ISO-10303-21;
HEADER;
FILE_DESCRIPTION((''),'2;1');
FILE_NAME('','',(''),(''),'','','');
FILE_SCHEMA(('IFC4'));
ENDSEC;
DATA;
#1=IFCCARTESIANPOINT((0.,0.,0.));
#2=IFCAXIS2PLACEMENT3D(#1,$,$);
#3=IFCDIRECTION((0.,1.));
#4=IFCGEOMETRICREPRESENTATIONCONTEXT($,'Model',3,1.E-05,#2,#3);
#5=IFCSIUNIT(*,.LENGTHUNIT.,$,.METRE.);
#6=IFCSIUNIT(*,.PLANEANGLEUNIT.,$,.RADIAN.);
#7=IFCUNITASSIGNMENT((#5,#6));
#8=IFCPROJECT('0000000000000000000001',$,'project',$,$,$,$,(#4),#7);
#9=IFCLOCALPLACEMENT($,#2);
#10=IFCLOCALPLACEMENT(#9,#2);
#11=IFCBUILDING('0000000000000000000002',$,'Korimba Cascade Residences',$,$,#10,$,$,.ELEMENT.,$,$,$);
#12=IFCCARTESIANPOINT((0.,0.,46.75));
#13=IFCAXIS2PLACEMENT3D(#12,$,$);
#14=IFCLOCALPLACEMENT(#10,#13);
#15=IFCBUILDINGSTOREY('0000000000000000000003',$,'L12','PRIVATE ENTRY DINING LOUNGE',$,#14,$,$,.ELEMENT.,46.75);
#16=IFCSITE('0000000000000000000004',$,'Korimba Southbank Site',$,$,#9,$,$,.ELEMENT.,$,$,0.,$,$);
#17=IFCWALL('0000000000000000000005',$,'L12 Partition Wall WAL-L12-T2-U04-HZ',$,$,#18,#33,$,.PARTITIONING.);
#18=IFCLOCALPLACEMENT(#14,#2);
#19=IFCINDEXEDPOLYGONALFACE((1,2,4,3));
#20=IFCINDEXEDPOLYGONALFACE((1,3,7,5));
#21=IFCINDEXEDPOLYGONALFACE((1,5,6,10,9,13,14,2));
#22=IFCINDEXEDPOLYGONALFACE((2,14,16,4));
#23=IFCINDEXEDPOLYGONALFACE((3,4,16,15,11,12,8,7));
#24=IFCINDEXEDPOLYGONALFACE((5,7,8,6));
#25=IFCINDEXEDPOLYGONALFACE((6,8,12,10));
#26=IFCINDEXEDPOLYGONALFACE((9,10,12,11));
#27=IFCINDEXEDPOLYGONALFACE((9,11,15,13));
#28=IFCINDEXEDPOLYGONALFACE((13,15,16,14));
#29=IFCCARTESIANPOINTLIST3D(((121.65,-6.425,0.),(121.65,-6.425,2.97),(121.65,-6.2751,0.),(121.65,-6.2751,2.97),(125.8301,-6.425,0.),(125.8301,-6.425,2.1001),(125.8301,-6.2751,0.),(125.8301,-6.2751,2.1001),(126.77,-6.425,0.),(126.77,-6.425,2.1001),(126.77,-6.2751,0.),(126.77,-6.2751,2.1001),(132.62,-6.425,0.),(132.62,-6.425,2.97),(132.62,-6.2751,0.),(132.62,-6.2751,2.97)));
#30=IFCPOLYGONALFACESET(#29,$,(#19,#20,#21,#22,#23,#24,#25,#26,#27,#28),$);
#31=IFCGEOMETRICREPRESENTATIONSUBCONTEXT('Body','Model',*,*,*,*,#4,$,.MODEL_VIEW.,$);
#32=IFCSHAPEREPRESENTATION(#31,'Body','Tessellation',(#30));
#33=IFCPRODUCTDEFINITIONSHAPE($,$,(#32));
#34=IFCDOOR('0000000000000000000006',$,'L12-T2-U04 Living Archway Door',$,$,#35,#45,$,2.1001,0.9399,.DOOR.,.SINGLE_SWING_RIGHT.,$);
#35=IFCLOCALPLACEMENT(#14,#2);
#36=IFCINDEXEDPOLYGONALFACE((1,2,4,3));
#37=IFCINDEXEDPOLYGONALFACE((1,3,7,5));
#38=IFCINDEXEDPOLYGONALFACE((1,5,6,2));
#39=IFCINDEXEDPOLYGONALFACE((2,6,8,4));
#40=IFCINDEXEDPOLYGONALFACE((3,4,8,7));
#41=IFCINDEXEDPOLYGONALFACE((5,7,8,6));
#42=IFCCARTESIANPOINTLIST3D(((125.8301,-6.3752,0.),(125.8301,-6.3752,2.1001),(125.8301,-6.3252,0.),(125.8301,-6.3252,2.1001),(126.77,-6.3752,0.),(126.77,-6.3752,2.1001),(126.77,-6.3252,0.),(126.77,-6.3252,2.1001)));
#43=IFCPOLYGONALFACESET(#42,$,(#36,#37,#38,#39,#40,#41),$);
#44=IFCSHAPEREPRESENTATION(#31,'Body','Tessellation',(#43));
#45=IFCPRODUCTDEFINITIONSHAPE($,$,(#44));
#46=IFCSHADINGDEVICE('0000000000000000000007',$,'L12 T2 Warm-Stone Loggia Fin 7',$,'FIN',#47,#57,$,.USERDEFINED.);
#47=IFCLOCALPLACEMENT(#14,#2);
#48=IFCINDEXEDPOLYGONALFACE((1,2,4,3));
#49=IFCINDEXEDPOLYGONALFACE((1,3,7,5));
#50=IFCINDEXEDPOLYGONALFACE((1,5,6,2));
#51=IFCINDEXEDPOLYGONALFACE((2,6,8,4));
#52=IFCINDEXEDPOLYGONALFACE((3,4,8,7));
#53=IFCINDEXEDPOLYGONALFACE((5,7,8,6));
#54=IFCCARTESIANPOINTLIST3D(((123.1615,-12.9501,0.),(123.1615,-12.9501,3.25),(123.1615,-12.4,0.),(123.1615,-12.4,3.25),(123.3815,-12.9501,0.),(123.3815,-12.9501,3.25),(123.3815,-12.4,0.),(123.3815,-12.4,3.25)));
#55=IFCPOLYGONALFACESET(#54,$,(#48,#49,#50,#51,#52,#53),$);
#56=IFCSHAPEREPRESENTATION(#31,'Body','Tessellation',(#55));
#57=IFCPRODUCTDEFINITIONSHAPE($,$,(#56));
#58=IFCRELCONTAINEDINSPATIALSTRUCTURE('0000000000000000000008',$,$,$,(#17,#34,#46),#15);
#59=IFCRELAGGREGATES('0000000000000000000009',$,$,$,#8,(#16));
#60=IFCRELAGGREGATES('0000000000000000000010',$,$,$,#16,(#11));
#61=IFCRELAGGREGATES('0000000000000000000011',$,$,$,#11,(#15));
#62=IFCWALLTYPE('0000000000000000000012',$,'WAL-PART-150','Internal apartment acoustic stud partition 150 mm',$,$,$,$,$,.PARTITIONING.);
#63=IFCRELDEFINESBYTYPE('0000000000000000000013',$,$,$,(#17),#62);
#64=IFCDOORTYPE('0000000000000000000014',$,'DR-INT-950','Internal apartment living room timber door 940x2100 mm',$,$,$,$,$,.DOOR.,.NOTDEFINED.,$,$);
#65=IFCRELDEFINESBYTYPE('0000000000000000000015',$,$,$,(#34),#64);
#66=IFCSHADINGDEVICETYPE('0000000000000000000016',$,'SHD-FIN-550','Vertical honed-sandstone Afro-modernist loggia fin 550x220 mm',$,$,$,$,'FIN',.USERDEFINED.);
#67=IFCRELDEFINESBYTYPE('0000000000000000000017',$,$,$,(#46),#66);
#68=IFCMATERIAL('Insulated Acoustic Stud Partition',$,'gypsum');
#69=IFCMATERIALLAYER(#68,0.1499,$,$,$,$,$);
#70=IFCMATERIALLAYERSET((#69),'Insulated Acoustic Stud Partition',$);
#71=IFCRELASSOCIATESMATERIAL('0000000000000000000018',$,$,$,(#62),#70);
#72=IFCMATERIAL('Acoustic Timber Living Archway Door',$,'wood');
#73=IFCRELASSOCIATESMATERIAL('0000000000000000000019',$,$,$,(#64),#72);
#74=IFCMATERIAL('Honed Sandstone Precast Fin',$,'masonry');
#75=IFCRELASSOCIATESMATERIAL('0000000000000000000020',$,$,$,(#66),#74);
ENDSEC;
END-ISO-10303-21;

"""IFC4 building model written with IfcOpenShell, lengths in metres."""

from ifc_helpers import new_model, si_unit, direction, frame, frame_2d, origin, origin_2d, place, context, subcontext, project, spatial, rectangle, extrude, material, layer, layer_set, type_object, element, fill, save


model = new_model("IFC4")

# Units and contexts
model_context = context("Model", 3, precision=1e-05, world=origin(), true_north=direction((0.0, 1.0)))
body_context = subcontext(model_context, "Body", "Model", "MODEL_VIEW")
ifc_project = project(units=[si_unit("LENGTHUNIT", "METRE"), si_unit("PLANEANGLEUNIT", "RADIAN")], contexts=[model_context])

# Site, building, storey
site_placement = place(None, origin())
site = spatial("IfcSite", under=ifc_project, at=site_placement, Name="Korimba Southbank Site", CompositionType="ELEMENT", RefElevation=0.0)
building_placement = place(site_placement, origin())
building = spatial("IfcBuilding", under=site, at=building_placement, Name="Korimba Cascade Residences", CompositionType="ELEMENT")
storey_placement = place(building_placement, frame((0.0, 0.0, 46.75)))
storey = spatial("IfcBuildingStorey", under=building, at=storey_placement, Name="L12", Description="PRIVATE ENTRY DINING LOUNGE", CompositionType="ELEMENT", Elevation=46.75)

# Shared definitions
ifc_material_1 = material(Name="Insulated Acoustic Stud Partition", Category="gypsum")
ifc_layer_1 = layer(ifc_material_1, 0.1499)
ifc_layer_set_1 = layer_set([ifc_layer_1], Name="Insulated Acoustic Stud Partition")
wall_type_1 = type_object("IfcWallType", Name="WAL-PART-150", Description="Internal apartment acoustic stud partition 150 mm", PredefinedType="PARTITIONING", material=ifc_layer_set_1)

# Wall, opening, door
wall_1_placement = place(storey_placement, frame((121.6501, -6.3501, 0.0), z_axis=(0.0, 0.0, 1.0), x_axis=(1.0, 0.0, 0.0)))
wall_1 = element("IfcWall", 1, at=wall_1_placement, inside=storey, type_object=wall_type_1, Name="L12 Partition Wall WAL-L12-T2-U04-HZ", PredefinedType="PARTITIONING", context=body_context, shape_type="SweptSolid", body=[
    extrude(rectangle(XDim=10.97, YDim=0.1499, at=frame_2d((5.4849, 0.0))), origin(), (0.0, 0.0, 1.0), 2.97),
])
opening_1_placement = place(wall_1_placement, frame((4.1799, 0.0, 0.0)))
opening_1 = element("IfcOpeningElement", 2, at=opening_1_placement, cuts=wall_1, PredefinedType="OPENING", context=body_context, shape_type="SweptSolid", body=[
    extrude(rectangle(XDim=0.9399, YDim=2.1001, at=frame_2d((0.47, 1.05))), frame((0.0, 0.085, 0.0), z_axis=(0.0, -1.0, 0.0), x_axis=(1.0, 0.0, 0.0)), (0.0, 0.0, 1.0), 0.1699),
])
ifc_material_2 = material(Name="Acoustic Timber Living Archway Door", Category="wood")
door_type_1 = type_object("IfcDoorType", Name="DR-INT-950", Description="Internal apartment living room timber door 940x2100 mm", OperationType="NOTDEFINED", PredefinedType="DOOR", material=ifc_material_2)
door_1_placement = place(opening_1_placement, origin())
door_1 = element("IfcDoor", 3, at=door_1_placement, inside=storey, type_object=door_type_1, Name="L12-T2-U04 Living Archway Door", OperationType="SINGLE_SWING_RIGHT", OverallHeight=2.1001, OverallWidth=0.9399, PredefinedType="DOOR", context=body_context, shape_type="SweptSolid", body=[
    extrude(rectangle(XDim=0.9399, YDim=2.1001, at=frame_2d((0.47, 1.05))), frame((0.0, 0.0249, 0.0), z_axis=(0.0, -1.0, 0.0), x_axis=(1.0, 0.0, 0.0)), (0.0, 0.0, 1.0), 0.05),
])
fill(opening_1, door_1)

# Shading device
ifc_material_3 = material(Name="Honed Sandstone Precast Fin", Category="masonry")
shading_device_type = type_object("IfcShadingDeviceType", Name="SHD-FIN-550", Description="Vertical honed-sandstone Afro-modernist loggia fin 550x220 mm", ElementType="FIN", PredefinedType="USERDEFINED", material=ifc_material_3)
shading_device_placement = place(storey_placement, frame((123.2715, -12.675, 0.0), z_axis=(0.0, 0.0, 1.0), x_axis=(1.0, 0.0, 0.0)))
element("IfcShadingDevice", 4, at=shading_device_placement, inside=storey, type_object=shading_device_type, Name="L12 T2 Warm-Stone Loggia Fin 7", ObjectType="FIN", PredefinedType="USERDEFINED", context=body_context, shape_type="SweptSolid", body=[
    extrude(rectangle(XDim=0.22, YDim=0.55, at=origin_2d()), origin(), (0.0, 0.0, 1.0), 3.25),
])

save(model, "model.ifc")
